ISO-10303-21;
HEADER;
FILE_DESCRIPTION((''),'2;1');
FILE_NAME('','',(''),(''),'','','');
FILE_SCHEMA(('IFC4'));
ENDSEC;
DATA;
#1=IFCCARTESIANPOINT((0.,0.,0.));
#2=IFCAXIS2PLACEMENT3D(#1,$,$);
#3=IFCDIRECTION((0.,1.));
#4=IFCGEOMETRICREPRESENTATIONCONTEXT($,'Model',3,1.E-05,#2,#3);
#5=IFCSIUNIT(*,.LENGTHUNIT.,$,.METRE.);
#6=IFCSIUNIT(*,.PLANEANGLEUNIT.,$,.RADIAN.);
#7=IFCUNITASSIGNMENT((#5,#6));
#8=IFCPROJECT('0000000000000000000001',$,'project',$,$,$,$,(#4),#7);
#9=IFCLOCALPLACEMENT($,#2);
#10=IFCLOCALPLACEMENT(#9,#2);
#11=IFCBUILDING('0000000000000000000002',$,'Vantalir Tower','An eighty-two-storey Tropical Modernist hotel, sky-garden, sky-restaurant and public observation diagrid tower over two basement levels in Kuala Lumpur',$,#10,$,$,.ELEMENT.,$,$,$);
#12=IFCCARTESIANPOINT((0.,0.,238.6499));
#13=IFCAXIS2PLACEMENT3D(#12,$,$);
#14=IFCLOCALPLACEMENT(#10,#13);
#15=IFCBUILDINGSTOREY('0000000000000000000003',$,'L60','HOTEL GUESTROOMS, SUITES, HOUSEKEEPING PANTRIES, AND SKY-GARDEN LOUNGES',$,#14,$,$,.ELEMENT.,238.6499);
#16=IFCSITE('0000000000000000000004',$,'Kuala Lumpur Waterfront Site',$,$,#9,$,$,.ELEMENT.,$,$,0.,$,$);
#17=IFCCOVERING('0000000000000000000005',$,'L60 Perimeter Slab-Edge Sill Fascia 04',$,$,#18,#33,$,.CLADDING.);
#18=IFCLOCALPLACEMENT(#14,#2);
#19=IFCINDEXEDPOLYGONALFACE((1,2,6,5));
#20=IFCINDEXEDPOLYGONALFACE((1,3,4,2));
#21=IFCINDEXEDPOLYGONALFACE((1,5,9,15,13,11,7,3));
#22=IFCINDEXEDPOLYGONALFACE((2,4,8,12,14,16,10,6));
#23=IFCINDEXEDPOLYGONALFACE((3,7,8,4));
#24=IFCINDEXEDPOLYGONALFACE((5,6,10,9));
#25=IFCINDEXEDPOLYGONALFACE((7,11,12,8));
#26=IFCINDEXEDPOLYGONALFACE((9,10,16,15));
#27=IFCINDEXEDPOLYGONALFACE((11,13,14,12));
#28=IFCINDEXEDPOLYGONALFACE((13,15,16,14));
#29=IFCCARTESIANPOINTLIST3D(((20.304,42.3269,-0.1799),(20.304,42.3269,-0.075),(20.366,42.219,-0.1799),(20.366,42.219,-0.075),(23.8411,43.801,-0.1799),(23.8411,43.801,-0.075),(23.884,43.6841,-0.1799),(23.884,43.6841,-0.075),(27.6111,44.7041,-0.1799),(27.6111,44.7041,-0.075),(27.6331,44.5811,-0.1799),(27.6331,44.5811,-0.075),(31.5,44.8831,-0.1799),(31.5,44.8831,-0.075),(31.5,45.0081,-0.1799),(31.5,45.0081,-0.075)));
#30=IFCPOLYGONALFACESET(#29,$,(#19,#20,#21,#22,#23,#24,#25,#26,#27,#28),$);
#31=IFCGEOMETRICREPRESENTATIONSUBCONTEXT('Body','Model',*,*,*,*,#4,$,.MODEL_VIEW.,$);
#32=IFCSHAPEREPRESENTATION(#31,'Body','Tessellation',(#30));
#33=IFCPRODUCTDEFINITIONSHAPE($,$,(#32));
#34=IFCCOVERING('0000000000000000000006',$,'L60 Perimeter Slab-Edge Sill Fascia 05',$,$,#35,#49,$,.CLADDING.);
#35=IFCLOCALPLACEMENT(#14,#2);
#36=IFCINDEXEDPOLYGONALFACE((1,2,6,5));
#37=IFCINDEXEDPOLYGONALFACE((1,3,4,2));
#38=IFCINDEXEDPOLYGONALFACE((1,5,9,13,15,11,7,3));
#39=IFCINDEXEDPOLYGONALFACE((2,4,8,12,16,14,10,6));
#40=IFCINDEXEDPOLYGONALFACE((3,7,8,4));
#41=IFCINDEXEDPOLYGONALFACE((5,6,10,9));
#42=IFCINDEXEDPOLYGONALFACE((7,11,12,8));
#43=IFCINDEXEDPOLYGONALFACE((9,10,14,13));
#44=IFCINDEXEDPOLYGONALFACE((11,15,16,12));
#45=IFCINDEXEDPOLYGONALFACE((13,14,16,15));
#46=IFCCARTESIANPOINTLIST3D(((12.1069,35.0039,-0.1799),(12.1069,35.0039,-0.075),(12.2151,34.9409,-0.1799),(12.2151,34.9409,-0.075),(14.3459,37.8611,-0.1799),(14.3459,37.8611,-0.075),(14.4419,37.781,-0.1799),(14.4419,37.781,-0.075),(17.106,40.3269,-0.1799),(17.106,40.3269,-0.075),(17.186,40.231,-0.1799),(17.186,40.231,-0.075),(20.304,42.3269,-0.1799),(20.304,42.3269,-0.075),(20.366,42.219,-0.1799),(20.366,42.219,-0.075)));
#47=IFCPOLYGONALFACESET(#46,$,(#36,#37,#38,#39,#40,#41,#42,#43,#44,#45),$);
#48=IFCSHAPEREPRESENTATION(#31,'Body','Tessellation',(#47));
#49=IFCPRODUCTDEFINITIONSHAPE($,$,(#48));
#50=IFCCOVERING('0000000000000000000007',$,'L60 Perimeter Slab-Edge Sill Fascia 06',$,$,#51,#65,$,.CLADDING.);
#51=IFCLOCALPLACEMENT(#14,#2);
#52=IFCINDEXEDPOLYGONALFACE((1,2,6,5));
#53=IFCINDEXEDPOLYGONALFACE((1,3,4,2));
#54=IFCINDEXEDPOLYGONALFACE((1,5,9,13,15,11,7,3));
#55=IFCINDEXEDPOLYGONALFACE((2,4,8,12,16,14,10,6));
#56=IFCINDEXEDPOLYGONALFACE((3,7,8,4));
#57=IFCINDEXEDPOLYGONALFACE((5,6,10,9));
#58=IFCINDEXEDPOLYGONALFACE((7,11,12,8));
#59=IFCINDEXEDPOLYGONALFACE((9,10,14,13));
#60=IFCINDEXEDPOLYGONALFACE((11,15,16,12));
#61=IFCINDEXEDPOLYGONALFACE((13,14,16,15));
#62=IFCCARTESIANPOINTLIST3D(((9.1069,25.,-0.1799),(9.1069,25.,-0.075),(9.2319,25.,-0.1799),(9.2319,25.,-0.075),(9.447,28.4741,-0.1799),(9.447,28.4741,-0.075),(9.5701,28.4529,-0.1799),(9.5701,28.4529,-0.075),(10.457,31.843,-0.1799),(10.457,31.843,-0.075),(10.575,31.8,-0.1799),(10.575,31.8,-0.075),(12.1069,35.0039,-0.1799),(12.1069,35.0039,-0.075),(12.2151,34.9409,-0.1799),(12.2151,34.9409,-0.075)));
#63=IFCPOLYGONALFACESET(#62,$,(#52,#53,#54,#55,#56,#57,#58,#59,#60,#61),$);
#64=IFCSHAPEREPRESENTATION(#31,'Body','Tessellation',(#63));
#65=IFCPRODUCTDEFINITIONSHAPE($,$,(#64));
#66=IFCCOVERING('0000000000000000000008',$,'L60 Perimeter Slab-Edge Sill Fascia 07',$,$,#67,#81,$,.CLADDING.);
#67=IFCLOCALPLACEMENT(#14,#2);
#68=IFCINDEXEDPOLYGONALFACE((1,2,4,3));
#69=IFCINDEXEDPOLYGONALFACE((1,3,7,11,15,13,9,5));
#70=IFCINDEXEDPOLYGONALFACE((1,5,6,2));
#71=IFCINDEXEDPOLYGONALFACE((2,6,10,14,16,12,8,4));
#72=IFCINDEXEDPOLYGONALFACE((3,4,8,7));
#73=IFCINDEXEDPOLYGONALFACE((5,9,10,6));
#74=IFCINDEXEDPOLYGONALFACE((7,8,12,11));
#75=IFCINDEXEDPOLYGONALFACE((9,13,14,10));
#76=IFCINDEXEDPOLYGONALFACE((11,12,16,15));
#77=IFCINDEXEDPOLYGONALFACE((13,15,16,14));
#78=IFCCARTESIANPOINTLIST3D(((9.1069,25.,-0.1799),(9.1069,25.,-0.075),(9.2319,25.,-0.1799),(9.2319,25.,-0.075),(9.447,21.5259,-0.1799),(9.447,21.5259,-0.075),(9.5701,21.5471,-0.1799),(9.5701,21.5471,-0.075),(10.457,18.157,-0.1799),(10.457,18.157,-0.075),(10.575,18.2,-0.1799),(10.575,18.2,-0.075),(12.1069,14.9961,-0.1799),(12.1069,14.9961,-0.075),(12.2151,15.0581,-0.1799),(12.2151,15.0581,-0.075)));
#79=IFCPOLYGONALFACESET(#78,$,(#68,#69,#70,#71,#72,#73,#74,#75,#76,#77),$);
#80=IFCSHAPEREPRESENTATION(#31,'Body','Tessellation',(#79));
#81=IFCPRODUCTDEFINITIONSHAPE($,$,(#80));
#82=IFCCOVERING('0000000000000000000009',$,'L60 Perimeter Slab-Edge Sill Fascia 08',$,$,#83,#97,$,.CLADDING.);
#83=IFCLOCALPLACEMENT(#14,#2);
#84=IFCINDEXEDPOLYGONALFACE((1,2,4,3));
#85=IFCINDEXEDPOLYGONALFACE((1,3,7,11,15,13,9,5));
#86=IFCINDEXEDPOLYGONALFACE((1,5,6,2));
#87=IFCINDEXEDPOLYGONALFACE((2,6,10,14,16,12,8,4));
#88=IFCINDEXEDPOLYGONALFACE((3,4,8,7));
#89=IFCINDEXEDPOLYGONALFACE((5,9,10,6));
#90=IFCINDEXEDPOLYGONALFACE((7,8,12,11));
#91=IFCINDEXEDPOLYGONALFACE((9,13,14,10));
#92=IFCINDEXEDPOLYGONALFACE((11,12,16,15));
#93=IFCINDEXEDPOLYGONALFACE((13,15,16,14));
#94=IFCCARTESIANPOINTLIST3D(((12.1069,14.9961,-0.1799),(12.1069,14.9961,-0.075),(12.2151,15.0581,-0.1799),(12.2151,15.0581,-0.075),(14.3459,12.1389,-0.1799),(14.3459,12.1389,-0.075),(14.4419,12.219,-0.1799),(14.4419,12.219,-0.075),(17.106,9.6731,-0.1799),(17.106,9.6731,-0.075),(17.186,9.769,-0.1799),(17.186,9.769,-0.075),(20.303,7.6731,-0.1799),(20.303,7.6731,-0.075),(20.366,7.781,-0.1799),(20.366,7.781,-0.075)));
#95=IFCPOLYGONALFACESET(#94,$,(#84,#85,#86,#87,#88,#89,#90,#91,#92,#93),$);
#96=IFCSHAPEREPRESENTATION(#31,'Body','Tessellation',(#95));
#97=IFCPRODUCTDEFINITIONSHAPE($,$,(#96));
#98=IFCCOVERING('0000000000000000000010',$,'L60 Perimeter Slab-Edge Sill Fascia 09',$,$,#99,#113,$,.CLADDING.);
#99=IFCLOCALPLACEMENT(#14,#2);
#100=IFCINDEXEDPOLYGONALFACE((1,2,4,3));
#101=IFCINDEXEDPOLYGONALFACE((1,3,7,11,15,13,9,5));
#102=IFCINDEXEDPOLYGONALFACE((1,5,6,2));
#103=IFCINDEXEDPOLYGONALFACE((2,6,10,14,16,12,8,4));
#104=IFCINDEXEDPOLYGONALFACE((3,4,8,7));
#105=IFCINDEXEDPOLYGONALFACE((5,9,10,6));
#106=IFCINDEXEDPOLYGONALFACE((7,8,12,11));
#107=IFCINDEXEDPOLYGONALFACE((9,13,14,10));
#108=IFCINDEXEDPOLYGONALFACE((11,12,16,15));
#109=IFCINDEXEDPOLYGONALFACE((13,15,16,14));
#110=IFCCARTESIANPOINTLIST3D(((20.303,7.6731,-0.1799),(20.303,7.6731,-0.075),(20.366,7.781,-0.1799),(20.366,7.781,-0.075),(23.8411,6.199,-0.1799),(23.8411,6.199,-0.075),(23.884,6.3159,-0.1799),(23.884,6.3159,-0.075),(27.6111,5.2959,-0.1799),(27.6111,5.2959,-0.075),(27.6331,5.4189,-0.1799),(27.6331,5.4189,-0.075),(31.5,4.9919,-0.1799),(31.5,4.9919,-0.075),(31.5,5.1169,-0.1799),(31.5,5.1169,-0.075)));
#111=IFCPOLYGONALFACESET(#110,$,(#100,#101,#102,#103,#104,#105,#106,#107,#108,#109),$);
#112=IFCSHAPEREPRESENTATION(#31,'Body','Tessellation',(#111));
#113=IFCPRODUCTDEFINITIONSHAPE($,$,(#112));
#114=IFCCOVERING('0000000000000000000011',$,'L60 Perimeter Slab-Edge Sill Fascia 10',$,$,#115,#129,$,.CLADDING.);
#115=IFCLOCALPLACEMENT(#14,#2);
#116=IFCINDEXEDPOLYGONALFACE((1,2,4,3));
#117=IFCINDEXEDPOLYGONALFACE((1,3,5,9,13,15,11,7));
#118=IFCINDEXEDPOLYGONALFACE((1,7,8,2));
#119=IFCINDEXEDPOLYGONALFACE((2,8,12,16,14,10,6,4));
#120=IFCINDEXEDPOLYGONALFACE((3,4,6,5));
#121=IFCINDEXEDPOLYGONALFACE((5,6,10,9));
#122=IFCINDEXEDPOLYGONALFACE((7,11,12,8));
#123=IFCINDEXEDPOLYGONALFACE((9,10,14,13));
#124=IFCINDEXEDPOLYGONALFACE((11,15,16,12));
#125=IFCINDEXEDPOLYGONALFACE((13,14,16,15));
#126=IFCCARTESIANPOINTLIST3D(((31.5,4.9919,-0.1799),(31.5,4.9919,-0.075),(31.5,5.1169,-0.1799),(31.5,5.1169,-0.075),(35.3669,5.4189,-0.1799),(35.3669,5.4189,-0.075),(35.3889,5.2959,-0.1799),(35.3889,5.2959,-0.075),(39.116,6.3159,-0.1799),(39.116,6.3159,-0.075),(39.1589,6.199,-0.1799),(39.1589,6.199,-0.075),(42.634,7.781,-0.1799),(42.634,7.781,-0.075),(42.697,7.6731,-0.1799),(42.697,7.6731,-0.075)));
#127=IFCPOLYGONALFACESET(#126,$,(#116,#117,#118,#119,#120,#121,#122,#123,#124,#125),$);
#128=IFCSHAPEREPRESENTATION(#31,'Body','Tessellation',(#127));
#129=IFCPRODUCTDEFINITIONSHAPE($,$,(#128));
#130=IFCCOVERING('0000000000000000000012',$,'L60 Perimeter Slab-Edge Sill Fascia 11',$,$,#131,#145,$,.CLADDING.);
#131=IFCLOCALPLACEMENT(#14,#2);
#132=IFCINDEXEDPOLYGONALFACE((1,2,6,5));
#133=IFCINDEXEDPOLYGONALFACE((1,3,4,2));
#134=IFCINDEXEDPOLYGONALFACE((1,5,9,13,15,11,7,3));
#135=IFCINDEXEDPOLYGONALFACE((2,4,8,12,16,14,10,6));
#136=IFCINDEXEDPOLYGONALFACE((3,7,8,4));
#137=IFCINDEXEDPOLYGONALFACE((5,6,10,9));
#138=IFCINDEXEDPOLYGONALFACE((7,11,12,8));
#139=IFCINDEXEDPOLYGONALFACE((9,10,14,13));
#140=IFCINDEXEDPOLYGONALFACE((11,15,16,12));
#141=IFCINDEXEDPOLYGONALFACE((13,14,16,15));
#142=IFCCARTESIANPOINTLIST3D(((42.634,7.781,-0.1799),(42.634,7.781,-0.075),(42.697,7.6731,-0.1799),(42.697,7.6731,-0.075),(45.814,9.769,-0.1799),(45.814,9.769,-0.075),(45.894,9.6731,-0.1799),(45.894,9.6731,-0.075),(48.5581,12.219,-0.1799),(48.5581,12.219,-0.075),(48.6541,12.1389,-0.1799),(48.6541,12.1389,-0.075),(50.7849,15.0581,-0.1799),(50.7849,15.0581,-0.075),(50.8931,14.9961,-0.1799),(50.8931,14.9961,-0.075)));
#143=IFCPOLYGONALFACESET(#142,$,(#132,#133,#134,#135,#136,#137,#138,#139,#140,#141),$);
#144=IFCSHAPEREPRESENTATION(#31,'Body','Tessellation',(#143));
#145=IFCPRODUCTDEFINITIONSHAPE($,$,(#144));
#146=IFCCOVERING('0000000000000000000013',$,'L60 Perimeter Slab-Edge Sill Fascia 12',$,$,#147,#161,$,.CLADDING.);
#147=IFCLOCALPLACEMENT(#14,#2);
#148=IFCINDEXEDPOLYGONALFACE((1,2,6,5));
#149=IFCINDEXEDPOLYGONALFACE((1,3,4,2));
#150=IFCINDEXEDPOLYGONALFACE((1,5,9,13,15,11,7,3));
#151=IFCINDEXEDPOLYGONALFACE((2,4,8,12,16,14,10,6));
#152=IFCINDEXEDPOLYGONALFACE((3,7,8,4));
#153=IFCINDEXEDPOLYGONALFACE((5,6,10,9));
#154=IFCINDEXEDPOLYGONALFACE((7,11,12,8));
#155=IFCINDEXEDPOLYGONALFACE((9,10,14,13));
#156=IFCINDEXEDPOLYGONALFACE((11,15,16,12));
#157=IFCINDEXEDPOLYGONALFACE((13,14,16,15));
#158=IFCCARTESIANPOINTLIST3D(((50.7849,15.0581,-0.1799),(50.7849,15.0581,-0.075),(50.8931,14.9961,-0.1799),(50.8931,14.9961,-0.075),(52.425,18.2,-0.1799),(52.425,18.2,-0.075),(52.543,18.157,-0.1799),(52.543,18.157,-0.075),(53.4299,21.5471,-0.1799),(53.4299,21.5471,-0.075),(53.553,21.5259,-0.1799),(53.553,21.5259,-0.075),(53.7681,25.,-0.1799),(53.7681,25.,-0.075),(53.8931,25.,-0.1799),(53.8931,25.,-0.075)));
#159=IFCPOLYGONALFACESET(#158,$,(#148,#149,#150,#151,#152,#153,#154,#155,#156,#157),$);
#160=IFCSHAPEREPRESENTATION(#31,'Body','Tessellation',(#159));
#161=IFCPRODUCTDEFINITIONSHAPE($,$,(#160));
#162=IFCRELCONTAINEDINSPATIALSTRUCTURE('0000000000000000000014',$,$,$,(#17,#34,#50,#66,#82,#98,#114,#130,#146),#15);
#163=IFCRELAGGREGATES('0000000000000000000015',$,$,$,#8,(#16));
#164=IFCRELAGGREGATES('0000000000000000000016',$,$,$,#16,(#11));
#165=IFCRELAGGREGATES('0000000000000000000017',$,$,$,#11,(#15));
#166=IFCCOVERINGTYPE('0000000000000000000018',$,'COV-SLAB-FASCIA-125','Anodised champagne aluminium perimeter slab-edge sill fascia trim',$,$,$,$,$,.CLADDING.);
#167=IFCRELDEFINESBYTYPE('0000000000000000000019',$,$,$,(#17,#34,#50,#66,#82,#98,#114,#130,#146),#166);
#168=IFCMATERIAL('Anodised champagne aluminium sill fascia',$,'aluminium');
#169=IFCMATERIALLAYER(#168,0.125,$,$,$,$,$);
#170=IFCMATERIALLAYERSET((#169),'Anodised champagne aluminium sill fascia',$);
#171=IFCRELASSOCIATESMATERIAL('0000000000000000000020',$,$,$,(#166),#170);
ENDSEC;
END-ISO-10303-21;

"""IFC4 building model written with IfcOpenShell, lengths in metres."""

from ifc_helpers import new_model, si_unit, direction, frame, origin, place, context, subcontext, project, spatial, polyline, outline, extrude, material, layer, layer_set, type_object, element, save


model = new_model("IFC4")

# Units and contexts
model_context = context("Model", 3, precision=1e-05, world=origin(), true_north=direction((0.0, 1.0)))
body_context = subcontext(model_context, "Body", "Model", "MODEL_VIEW")
ifc_project = project(units=[si_unit("LENGTHUNIT", "METRE"), si_unit("PLANEANGLEUNIT", "RADIAN")], contexts=[model_context])

# Site, building, storey
site_placement = place(None, origin())
site = spatial("IfcSite", under=ifc_project, at=site_placement, Name="Kuala Lumpur Waterfront Site", CompositionType="ELEMENT", RefElevation=0.0)
building_placement = place(site_placement, origin())
building = spatial("IfcBuilding", under=site, at=building_placement, Name="Vantalir Tower", Description="An eighty-two-storey Tropical Modernist hotel, sky-garden, sky-restaurant and public observation diagrid tower over two basement levels in Kuala Lumpur", CompositionType="ELEMENT")
storey_placement = place(building_placement, frame((0.0, 0.0, 238.6499)))
storey = spatial("IfcBuildingStorey", under=building, at=storey_placement, Name="L60", Description="HOTEL GUESTROOMS, SUITES, HOUSEKEEPING PANTRIES, AND SKY-GARDEN LOUNGES", CompositionType="ELEMENT", Elevation=238.6499)

# Coverings
ifc_material_1 = material(Name="Anodised champagne aluminium sill fascia", Category="aluminium")
ifc_layer_1 = layer(ifc_material_1, 0.125)
ifc_layer_set_1 = layer_set([ifc_layer_1], Name="Anodised champagne aluminium sill fascia")
covering_type = type_object("IfcCoveringType", Name="COV-SLAB-FASCIA-125", Description="Anodised champagne aluminium perimeter slab-edge sill fascia trim", PredefinedType="CLADDING", material=ifc_layer_set_1)
covering_1_placement = place(storey_placement, frame((0.0, 0.0, -0.1799)))
element("IfcCovering", 1, at=covering_1_placement, inside=storey, type_object=covering_type, Name="L60 Perimeter Slab-Edge Sill Fascia 04", PredefinedType="CLADDING", context=body_context, shape_type="SweptSolid", body=[
    extrude(outline(polyline([(31.5, 45.0081), (27.6111, 44.7041), (23.8411, 43.801), (20.304, 42.3269), (20.366, 42.219), (23.884, 43.6841), (27.6331, 44.5811), (31.5, 44.8831), (31.5, 45.0081)])), origin(), (0.0, 0.0, 1.0), 0.105),
])
covering_2_placement = place(storey_placement, frame((0.0, 0.0, -0.1799)))
element("IfcCovering", 2, at=covering_2_placement, inside=storey, type_object=covering_type, Name="L60 Perimeter Slab-Edge Sill Fascia 05", PredefinedType="CLADDING", context=body_context, shape_type="SweptSolid", body=[
    extrude(outline(polyline([(20.304, 42.3269), (17.106, 40.3269), (14.3459, 37.8611), (12.1069, 35.0039), (12.2151, 34.9409), (14.4419, 37.781), (17.186, 40.231), (20.366, 42.219), (20.304, 42.3269)])), origin(), (0.0, 0.0, 1.0), 0.105),
])
covering_3_placement = place(storey_placement, frame((0.0, 0.0, -0.1799)))
element("IfcCovering", 3, at=covering_3_placement, inside=storey, type_object=covering_type, Name="L60 Perimeter Slab-Edge Sill Fascia 06", PredefinedType="CLADDING", context=body_context, shape_type="SweptSolid", body=[
    extrude(outline(polyline([(12.1069, 35.0039), (10.457, 31.843), (9.447, 28.4741), (9.1069, 25.0), (9.2319, 25.0), (9.5701, 28.4529), (10.575, 31.8), (12.2151, 34.9409), (12.1069, 35.0039)])), origin(), (0.0, 0.0, 1.0), 0.105),
])
covering_4_placement = place(storey_placement, frame((0.0, 0.0, -0.1799)))
element("IfcCovering", 4, at=covering_4_placement, inside=storey, type_object=covering_type, Name="L60 Perimeter Slab-Edge Sill Fascia 07", PredefinedType="CLADDING", context=body_context, shape_type="SweptSolid", body=[
    extrude(outline(polyline([(9.1069, 25.0), (9.447, 21.5259), (10.457, 18.157), (12.1069, 14.9961), (12.2151, 15.0581), (10.575, 18.2), (9.5701, 21.5471), (9.2319, 25.0), (9.1069, 25.0)])), origin(), (0.0, 0.0, 1.0), 0.105),
])
covering_5_placement = place(storey_placement, frame((0.0, 0.0, -0.1799)))
element("IfcCovering", 5, at=covering_5_placement, inside=storey, type_object=covering_type, Name="L60 Perimeter Slab-Edge Sill Fascia 08", PredefinedType="CLADDING", context=body_context, shape_type="SweptSolid", body=[
    extrude(outline(polyline([(12.1069, 14.9961), (14.3459, 12.1389), (17.106, 9.6731), (20.303, 7.6731), (20.366, 7.781), (17.186, 9.769), (14.4419, 12.219), (12.2151, 15.0581), (12.1069, 14.9961)])), origin(), (0.0, 0.0, 1.0), 0.105),
])
covering_6_placement = place(storey_placement, frame((0.0, 0.0, -0.1799)))
element("IfcCovering", 6, at=covering_6_placement, inside=storey, type_object=covering_type, Name="L60 Perimeter Slab-Edge Sill Fascia 09", PredefinedType="CLADDING", context=body_context, shape_type="SweptSolid", body=[
    extrude(outline(polyline([(20.303, 7.6731), (23.8411, 6.199), (27.6111, 5.2959), (31.5, 4.9919), (31.5, 5.1169), (27.6331, 5.4189), (23.884, 6.3159), (20.366, 7.781), (20.303, 7.6731)])), origin(), (0.0, 0.0, 1.0), 0.105),
])
covering_7_placement = place(storey_placement, frame((0.0, 0.0, -0.1799)))
element("IfcCovering", 7, at=covering_7_placement, inside=storey, type_object=covering_type, Name="L60 Perimeter Slab-Edge Sill Fascia 10", PredefinedType="CLADDING", context=body_context, shape_type="SweptSolid", body=[
    extrude(outline(polyline([(31.5, 4.9919), (35.3889, 5.2959), (39.1589, 6.199), (42.697, 7.6731), (42.634, 7.781), (39.116, 6.3159), (35.3669, 5.4189), (31.5, 5.1169), (31.5, 4.9919)])), origin(), (0.0, 0.0, 1.0), 0.105),
])
covering_8_placement = place(storey_placement, frame((0.0, 0.0, -0.1799)))
element("IfcCovering", 8, at=covering_8_placement, inside=storey, type_object=covering_type, Name="L60 Perimeter Slab-Edge Sill Fascia 11", PredefinedType="CLADDING", context=body_context, shape_type="SweptSolid", body=[
    extrude(outline(polyline([(42.697, 7.6731), (45.894, 9.6731), (48.6541, 12.1389), (50.8931, 14.9961), (50.7849, 15.0581), (48.5581, 12.219), (45.814, 9.769), (42.634, 7.781), (42.697, 7.6731)])), origin(), (0.0, 0.0, 1.0), 0.105),
])
covering_9_placement = place(storey_placement, frame((0.0, 0.0, -0.1799)))
element("IfcCovering", 9, at=covering_9_placement, inside=storey, type_object=covering_type, Name="L60 Perimeter Slab-Edge Sill Fascia 12", PredefinedType="CLADDING", context=body_context, shape_type="SweptSolid", body=[
    extrude(outline(polyline([(50.8931, 14.9961), (52.543, 18.157), (53.553, 21.5259), (53.8931, 25.0), (53.7681, 25.0), (53.4299, 21.5471), (52.425, 18.2), (50.7849, 15.0581), (50.8931, 14.9961)])), origin(), (0.0, 0.0, 1.0), 0.105),
])

save(model, "model.ifc")
